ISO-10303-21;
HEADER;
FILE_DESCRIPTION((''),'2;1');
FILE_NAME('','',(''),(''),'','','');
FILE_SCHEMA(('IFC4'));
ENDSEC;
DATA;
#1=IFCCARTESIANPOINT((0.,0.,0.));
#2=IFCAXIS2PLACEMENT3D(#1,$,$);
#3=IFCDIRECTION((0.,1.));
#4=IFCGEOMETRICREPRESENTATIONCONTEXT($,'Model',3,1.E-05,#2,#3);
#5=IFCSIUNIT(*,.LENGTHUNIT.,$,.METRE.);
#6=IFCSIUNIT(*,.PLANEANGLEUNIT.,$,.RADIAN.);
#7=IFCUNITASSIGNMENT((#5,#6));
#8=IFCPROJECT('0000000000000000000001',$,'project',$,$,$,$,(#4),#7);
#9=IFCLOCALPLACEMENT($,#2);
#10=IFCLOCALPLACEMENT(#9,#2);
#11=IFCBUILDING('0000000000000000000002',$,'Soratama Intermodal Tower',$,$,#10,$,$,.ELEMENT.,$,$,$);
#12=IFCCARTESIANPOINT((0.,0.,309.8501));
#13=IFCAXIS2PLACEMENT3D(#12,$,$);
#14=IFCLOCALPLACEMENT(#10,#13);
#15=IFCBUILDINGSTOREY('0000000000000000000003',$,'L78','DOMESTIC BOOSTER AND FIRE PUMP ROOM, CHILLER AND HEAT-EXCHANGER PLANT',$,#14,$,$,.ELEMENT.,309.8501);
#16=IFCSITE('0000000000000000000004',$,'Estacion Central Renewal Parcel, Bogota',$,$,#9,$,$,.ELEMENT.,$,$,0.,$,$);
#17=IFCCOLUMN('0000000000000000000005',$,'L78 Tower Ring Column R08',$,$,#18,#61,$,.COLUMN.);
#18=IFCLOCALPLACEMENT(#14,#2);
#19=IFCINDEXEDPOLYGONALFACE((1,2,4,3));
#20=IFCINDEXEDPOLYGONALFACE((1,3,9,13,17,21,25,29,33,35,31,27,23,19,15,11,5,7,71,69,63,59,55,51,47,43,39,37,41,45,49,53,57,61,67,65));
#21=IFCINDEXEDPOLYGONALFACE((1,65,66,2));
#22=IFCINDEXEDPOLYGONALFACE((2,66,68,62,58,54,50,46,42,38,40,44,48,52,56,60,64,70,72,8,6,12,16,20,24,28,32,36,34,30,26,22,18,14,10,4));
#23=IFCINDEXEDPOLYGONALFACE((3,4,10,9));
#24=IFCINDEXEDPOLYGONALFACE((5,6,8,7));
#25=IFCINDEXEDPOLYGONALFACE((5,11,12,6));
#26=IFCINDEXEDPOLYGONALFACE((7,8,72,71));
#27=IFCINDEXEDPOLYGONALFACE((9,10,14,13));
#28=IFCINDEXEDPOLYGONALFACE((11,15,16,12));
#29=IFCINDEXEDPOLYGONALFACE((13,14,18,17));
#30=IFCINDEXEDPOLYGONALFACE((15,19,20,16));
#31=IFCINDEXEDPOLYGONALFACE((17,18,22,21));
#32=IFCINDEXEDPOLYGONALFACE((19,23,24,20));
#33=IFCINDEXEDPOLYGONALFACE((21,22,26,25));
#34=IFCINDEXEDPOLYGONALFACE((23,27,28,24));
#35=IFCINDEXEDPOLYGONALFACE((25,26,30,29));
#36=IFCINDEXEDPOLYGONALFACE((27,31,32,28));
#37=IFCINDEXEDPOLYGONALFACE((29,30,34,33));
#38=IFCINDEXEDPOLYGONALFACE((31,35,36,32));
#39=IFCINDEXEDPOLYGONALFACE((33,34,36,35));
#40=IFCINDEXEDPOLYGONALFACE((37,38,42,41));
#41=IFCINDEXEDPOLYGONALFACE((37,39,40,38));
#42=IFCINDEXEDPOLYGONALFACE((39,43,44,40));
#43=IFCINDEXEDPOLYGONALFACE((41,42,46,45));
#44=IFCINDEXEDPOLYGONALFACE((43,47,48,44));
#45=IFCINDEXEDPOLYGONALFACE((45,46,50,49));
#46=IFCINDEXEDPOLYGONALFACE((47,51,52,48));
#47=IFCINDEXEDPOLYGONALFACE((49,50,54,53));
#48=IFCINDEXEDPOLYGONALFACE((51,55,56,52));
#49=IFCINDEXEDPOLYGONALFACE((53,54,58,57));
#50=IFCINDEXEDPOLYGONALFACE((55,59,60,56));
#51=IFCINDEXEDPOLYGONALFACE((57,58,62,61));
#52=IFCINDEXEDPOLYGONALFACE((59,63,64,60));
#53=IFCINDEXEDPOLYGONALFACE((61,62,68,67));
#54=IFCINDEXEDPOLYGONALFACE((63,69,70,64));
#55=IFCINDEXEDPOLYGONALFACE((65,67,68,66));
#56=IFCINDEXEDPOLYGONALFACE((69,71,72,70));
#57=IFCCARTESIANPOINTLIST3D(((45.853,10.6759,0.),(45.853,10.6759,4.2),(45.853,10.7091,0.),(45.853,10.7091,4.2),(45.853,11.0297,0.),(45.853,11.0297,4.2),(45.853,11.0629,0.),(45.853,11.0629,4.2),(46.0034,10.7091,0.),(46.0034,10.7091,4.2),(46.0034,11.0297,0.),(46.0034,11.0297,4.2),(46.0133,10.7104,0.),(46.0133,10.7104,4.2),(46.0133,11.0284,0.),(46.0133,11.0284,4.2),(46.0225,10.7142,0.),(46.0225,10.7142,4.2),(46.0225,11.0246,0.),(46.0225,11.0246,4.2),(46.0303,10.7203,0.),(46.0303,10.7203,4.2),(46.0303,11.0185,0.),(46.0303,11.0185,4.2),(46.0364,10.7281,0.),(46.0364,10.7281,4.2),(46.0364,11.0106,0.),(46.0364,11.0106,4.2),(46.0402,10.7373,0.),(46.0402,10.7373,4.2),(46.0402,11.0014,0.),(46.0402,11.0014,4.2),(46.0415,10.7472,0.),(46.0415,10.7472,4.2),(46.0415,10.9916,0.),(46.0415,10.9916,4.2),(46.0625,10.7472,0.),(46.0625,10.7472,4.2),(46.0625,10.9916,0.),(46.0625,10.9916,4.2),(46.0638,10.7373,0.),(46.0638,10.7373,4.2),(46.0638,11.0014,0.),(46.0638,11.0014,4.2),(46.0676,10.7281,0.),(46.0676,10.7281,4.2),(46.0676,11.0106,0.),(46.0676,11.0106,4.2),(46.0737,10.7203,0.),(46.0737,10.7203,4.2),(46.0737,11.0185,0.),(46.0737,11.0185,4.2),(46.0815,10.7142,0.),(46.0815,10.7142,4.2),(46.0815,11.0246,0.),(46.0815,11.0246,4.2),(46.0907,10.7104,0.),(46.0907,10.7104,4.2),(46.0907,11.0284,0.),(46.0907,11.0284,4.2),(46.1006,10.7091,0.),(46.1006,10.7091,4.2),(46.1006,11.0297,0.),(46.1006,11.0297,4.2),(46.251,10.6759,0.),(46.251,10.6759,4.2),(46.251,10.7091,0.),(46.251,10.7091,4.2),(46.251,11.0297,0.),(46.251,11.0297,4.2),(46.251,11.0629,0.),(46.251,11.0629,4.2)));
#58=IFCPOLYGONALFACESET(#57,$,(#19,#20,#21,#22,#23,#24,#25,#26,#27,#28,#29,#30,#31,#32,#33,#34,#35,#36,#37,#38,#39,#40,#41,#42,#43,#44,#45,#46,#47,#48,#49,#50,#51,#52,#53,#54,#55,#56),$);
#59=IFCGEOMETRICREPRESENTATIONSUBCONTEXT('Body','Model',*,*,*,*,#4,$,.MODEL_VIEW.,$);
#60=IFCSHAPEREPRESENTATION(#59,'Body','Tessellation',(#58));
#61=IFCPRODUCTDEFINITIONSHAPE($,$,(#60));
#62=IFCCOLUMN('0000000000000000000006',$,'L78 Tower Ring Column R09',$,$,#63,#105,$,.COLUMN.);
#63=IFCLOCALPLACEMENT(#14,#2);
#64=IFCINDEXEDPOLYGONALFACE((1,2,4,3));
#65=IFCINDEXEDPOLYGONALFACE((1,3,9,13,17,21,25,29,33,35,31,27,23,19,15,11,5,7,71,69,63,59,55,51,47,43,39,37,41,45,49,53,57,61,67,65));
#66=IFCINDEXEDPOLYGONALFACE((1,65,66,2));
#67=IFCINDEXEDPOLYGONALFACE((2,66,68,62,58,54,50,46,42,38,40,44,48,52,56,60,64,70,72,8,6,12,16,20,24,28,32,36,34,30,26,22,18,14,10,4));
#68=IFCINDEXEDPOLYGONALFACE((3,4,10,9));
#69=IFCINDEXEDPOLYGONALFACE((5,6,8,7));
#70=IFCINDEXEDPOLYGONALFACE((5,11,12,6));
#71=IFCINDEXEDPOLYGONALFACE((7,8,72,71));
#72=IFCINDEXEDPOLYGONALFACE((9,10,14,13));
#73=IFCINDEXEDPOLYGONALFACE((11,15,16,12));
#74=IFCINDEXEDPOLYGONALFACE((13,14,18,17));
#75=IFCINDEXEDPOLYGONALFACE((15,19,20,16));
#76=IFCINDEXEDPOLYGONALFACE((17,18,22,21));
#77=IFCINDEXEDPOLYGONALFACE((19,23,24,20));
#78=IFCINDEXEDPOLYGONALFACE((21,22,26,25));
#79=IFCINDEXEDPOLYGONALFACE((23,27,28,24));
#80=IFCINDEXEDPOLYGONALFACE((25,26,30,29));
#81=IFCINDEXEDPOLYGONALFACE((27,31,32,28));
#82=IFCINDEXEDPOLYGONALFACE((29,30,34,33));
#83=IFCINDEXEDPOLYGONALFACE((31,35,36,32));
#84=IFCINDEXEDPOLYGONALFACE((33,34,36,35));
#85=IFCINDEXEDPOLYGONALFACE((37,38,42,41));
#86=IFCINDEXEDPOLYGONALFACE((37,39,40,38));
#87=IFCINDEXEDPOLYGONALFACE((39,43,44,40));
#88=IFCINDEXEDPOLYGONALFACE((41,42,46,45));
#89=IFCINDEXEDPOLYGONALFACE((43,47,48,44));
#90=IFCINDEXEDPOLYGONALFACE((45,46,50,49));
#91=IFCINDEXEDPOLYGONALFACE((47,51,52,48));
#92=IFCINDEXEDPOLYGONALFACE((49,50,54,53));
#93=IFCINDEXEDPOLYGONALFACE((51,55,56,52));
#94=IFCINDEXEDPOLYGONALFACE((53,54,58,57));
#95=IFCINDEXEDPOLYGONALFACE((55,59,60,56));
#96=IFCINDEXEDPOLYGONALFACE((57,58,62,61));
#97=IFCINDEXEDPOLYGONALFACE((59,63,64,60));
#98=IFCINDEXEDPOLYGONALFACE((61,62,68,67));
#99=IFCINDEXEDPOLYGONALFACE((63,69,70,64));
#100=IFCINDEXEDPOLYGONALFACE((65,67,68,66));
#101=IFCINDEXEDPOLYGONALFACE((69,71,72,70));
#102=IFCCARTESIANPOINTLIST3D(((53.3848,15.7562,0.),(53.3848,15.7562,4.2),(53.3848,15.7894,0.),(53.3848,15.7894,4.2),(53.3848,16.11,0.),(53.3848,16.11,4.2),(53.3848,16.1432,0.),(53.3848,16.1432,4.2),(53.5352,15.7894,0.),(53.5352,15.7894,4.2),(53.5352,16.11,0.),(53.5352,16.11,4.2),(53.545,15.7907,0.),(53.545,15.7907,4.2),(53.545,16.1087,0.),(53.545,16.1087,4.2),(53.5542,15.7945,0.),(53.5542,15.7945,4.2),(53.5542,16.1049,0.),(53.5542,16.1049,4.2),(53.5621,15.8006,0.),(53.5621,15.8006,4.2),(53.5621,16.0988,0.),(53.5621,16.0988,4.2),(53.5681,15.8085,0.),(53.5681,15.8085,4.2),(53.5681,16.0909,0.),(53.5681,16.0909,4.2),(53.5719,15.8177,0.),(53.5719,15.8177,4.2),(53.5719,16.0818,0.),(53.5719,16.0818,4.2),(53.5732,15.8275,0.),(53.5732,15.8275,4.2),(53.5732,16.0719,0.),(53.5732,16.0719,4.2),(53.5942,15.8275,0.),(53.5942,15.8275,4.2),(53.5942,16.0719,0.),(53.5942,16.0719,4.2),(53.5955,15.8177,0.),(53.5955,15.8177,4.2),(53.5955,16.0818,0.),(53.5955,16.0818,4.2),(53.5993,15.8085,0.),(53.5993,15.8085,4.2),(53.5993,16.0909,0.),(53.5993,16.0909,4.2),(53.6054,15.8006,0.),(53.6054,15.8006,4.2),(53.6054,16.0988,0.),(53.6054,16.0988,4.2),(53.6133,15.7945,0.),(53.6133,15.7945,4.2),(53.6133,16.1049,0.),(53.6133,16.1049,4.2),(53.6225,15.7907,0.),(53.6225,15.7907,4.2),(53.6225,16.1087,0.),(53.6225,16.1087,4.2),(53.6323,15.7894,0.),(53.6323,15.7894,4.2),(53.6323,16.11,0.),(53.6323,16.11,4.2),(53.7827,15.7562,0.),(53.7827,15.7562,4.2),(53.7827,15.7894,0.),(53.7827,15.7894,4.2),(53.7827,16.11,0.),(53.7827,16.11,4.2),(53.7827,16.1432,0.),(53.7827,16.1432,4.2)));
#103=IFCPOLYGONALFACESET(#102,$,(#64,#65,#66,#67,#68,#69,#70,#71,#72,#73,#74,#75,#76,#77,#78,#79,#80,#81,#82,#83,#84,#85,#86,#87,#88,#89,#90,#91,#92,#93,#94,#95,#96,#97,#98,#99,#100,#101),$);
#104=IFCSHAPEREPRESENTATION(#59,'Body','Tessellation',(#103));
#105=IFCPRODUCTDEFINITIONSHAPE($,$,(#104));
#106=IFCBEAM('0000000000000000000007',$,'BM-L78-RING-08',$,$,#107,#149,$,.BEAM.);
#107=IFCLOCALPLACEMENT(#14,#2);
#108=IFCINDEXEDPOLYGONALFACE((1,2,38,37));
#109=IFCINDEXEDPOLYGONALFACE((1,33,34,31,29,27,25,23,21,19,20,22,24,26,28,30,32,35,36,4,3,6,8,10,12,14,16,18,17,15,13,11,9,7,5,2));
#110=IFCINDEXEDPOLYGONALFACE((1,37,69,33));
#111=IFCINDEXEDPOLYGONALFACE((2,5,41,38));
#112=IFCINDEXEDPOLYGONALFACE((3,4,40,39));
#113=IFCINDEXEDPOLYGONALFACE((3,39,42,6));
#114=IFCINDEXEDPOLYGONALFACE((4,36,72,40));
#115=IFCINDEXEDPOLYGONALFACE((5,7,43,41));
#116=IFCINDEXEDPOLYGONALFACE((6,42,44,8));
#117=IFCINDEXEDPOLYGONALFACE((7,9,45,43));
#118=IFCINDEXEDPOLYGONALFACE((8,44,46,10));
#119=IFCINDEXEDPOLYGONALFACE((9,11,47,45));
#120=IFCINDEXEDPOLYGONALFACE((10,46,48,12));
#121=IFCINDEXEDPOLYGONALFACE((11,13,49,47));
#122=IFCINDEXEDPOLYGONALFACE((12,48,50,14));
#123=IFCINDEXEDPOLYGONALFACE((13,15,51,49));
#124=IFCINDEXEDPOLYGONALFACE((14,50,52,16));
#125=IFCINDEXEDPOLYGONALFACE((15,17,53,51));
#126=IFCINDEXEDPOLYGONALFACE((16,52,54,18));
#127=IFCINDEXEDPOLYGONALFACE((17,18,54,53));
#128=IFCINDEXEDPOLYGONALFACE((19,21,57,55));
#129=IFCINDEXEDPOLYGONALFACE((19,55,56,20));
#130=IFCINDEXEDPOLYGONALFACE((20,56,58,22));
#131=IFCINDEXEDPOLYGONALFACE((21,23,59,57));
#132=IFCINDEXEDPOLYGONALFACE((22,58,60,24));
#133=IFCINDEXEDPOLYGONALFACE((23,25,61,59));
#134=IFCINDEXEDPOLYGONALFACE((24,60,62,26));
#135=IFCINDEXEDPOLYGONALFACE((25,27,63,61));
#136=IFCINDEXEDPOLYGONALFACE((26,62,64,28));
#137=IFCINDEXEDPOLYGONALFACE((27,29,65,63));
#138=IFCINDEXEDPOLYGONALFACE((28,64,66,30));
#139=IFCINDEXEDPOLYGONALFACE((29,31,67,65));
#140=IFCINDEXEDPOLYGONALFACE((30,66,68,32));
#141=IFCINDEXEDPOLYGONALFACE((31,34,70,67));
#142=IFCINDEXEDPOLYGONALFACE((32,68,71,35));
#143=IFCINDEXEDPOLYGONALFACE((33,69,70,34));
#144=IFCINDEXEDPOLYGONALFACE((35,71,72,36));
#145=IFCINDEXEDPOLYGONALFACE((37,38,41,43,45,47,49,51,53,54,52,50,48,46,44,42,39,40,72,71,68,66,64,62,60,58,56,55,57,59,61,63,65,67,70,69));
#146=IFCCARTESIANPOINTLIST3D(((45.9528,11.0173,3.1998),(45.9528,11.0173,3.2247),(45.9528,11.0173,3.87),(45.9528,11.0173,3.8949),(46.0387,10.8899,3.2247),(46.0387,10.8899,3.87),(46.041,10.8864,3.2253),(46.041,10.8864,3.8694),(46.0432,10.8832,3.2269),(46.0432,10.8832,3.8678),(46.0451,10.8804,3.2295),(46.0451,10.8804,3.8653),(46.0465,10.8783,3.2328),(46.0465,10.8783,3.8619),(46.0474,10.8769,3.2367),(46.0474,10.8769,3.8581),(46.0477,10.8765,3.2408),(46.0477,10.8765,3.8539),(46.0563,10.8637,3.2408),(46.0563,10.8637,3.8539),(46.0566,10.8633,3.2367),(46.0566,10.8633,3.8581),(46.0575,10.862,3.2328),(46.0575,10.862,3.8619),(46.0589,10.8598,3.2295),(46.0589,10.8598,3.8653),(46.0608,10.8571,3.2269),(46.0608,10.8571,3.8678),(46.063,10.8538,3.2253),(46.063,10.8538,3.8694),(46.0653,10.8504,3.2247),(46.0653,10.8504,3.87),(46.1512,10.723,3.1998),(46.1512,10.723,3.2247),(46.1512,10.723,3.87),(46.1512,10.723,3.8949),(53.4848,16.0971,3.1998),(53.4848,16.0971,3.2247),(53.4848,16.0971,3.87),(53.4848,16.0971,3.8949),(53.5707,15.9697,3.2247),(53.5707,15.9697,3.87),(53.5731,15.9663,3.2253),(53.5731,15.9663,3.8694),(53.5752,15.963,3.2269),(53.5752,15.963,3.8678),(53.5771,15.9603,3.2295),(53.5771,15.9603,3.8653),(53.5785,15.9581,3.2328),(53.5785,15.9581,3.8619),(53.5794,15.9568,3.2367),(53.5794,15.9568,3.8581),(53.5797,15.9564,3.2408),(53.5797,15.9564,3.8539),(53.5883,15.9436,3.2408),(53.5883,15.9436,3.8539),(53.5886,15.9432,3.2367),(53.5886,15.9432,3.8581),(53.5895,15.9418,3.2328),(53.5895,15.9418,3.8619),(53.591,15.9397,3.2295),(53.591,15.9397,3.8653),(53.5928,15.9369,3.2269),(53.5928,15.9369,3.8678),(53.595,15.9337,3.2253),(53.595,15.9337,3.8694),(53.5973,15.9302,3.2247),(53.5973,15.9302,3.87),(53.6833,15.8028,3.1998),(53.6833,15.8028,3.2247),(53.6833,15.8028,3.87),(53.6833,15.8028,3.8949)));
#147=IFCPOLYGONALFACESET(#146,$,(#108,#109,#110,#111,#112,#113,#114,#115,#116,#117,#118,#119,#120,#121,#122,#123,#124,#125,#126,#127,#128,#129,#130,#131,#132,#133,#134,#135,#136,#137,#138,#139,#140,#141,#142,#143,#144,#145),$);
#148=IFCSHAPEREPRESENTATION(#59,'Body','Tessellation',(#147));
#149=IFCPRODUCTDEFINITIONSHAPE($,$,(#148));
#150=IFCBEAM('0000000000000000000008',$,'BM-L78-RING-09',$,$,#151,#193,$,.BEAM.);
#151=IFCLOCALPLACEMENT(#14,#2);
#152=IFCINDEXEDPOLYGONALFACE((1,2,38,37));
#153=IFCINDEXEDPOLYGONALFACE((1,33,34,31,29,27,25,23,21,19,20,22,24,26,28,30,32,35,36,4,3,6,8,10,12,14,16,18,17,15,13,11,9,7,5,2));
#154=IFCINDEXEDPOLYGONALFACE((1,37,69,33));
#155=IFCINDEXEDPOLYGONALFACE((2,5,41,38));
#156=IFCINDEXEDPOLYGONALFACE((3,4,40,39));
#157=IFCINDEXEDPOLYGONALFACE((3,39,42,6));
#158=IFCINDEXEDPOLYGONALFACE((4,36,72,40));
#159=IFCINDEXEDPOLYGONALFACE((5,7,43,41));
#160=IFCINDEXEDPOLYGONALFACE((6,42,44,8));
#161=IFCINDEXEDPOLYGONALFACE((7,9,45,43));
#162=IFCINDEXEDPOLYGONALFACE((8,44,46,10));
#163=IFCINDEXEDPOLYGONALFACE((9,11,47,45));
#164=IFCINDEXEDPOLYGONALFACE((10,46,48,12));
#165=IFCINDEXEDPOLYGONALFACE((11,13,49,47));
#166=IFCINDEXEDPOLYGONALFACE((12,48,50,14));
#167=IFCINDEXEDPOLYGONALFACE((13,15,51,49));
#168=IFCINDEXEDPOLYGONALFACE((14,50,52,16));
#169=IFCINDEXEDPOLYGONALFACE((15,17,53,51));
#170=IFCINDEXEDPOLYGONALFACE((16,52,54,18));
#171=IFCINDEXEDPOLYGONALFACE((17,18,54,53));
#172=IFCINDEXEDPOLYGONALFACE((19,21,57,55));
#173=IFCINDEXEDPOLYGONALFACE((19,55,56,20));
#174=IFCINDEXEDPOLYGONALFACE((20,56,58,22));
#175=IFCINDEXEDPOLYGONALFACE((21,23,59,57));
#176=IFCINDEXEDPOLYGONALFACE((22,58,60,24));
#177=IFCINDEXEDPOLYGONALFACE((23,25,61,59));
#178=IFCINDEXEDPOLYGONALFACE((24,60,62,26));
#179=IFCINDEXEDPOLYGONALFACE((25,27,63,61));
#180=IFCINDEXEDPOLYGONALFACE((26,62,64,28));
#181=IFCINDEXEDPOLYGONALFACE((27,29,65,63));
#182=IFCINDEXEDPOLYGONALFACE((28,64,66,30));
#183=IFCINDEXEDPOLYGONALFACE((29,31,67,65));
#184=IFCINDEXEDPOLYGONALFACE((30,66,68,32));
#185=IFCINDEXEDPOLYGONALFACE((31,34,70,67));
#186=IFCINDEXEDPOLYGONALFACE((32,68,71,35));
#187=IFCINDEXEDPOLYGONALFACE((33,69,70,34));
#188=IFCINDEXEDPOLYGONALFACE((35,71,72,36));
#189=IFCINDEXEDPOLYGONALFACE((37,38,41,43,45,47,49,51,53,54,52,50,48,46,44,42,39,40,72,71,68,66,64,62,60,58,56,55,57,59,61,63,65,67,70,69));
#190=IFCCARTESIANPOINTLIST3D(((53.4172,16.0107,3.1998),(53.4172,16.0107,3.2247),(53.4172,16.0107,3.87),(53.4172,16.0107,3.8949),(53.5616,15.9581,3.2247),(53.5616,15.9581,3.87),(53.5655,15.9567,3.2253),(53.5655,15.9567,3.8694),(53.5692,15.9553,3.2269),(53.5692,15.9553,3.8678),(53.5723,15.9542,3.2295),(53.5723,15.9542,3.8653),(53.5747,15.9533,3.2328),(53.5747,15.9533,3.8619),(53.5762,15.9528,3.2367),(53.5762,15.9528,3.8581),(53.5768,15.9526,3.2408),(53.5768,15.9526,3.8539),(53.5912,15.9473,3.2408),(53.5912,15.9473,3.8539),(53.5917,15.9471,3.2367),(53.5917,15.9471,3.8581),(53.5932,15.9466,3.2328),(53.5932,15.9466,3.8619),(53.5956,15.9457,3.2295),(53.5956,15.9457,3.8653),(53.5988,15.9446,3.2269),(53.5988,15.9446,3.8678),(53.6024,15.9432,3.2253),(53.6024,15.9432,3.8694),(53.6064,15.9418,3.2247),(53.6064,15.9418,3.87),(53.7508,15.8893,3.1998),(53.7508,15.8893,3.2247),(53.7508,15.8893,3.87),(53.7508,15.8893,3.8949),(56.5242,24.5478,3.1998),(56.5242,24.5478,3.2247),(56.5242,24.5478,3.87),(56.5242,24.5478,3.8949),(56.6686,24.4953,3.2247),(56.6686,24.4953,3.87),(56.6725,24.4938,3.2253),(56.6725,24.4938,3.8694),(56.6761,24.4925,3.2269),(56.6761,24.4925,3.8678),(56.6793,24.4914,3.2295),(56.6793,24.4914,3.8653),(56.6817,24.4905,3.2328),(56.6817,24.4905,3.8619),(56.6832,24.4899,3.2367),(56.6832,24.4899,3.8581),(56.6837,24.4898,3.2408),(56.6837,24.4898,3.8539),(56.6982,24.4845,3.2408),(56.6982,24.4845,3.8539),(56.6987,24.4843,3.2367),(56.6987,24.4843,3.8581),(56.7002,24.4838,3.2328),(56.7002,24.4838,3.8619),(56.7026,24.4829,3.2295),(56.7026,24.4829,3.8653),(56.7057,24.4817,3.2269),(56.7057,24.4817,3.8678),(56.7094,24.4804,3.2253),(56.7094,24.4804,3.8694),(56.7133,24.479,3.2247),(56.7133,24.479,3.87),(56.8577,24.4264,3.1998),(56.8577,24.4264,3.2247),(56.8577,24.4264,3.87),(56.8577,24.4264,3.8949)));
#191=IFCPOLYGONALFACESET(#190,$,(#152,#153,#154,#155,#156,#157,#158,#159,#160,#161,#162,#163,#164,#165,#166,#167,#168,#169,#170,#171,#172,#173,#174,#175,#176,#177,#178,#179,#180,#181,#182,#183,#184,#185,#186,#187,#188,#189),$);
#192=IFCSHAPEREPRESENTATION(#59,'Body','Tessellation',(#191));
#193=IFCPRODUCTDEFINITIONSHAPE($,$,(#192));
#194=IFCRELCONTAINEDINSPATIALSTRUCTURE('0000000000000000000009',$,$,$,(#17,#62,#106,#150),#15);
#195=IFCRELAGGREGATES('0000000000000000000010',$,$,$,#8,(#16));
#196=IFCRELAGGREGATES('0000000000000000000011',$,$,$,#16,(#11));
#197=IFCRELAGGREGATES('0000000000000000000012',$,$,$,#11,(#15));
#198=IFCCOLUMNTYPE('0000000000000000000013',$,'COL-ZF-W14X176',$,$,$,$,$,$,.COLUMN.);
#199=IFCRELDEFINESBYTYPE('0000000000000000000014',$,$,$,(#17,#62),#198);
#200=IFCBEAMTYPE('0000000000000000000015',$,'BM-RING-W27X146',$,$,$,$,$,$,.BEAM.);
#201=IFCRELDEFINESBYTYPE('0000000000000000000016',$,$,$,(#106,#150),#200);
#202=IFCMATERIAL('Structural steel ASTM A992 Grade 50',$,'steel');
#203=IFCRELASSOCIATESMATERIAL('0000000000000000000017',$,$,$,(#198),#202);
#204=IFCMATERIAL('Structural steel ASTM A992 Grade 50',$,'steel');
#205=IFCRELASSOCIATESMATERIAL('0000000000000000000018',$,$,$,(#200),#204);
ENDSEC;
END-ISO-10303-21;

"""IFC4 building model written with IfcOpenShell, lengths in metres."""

from ifc_helpers import new_model, si_unit, direction, frame, origin, origin_2d, place, context, subcontext, project, spatial, i_section, extrude, material, material_profile, profile_set, type_object, element, save


model = new_model("IFC4")

# Units and contexts
model_context = context("Model", 3, precision=1e-05, world=origin(), true_north=direction((0.0, 1.0)))
body_context = subcontext(model_context, "Body", "Model", "MODEL_VIEW")
ifc_project = project(units=[si_unit("LENGTHUNIT", "METRE"), si_unit("PLANEANGLEUNIT", "RADIAN")], contexts=[model_context])

# Site, building, storey
site_placement = place(None, origin())
site = spatial("IfcSite", under=ifc_project, at=site_placement, Name="Estacion Central Renewal Parcel, Bogota", CompositionType="ELEMENT", RefElevation=0.0)
building_placement = place(site_placement, origin())
building = spatial("IfcBuilding", under=site, at=building_placement, Name="Soratama Intermodal Tower", CompositionType="ELEMENT")
storey_placement = place(building_placement, frame((0.0, 0.0, 309.8501)))
storey = spatial("IfcBuildingStorey", under=building, at=storey_placement, Name="L78", Description="DOMESTIC BOOSTER AND FIRE PUMP ROOM, CHILLER AND HEAT-EXCHANGER PLANT", CompositionType="ELEMENT", Elevation=309.8501)

# Columns
ifc_material_1 = material(Name="Structural steel ASTM A992 Grade 50", Category="steel")
ifc_material_profile_1 = material_profile(ifc_material_1, i_section(OverallWidth=0.3979, OverallDepth=0.387, WebThickness=0.021, FlangeThickness=0.0332, FilletRadius=0.0381, at=origin_2d()), Name="W14X176")
ifc_profile_set_1 = profile_set([ifc_material_profile_1], Name="Structural steel ASTM A992 Grade 50")
column_type = type_object("IfcColumnType", Name="COL-ZF-W14X176", PredefinedType="COLUMN", material=ifc_profile_set_1)
for number, where, z_axis, x_axis, name in (
    (1, (46.052, 10.8694, 0.0), (0.0, 0.0, 1.0), (1.0, 0.0, 0.0), "L78 Tower Ring Column R08"),
    (2, (53.5837, 15.9497, 0.0), (0.0, 0.0, 1.0), (1.0, 0.0, 0.0), "L78 Tower Ring Column R09"),
):
    element("IfcColumn", number, at=place(storey_placement, frame(where, z_axis=z_axis, x_axis=x_axis)), inside=storey, type_object=column_type, Name=name, PredefinedType="COLUMN", context=body_context, shape_type="SweptSolid", body=[
        extrude(i_section(OverallWidth=0.3979, OverallDepth=0.387, WebThickness=0.021, FlangeThickness=0.0332, FilletRadius=0.0381, at=origin_2d()), origin(), (0.0, 0.0, 1.0), 4.2),
    ])

# Beams
ifc_material_2 = material(Name="Structural steel ASTM A992 Grade 50", Category="steel")
ifc_material_profile_2 = material_profile(ifc_material_2, i_section(OverallWidth=0.355, OverallDepth=0.6951, WebThickness=0.0154, FlangeThickness=0.0249, FilletRadius=0.0161, at=origin_2d()), Name="W27X146")
ifc_profile_set_2 = profile_set([ifc_material_profile_2], Name="Structural steel ASTM A992 Grade 50")
beam_type_1 = type_object("IfcBeamType", Name="BM-RING-W27X146", PredefinedType="BEAM", material=ifc_profile_set_2)
for number, where, z_axis, x_axis, name in (
    (3, (46.052, 10.8701, 3.5474), (0.829066, 0.559151, 0.0), (-0.559151, 0.829066, 0.0), "BM-L78-RING-08"),
    (4, (53.584, 15.95, 3.5474), (0.341989, 0.939704, 0.0), (-0.939704, 0.341989, 0.0), "BM-L78-RING-09"),
):
    element("IfcBeam", number, at=place(storey_placement, frame(where, z_axis=z_axis, x_axis=x_axis)), inside=storey, type_object=beam_type_1, Name=name, PredefinedType="BEAM", context=body_context, shape_type="SweptSolid", body=[
        extrude(i_section(OverallWidth=0.355, OverallDepth=0.6951, WebThickness=0.0154, FlangeThickness=0.0249, FilletRadius=0.0161, at=origin_2d()), origin(), (0.0, 0.0, 1.0), 9.085),
    ])

save(model, "model.ifc")
